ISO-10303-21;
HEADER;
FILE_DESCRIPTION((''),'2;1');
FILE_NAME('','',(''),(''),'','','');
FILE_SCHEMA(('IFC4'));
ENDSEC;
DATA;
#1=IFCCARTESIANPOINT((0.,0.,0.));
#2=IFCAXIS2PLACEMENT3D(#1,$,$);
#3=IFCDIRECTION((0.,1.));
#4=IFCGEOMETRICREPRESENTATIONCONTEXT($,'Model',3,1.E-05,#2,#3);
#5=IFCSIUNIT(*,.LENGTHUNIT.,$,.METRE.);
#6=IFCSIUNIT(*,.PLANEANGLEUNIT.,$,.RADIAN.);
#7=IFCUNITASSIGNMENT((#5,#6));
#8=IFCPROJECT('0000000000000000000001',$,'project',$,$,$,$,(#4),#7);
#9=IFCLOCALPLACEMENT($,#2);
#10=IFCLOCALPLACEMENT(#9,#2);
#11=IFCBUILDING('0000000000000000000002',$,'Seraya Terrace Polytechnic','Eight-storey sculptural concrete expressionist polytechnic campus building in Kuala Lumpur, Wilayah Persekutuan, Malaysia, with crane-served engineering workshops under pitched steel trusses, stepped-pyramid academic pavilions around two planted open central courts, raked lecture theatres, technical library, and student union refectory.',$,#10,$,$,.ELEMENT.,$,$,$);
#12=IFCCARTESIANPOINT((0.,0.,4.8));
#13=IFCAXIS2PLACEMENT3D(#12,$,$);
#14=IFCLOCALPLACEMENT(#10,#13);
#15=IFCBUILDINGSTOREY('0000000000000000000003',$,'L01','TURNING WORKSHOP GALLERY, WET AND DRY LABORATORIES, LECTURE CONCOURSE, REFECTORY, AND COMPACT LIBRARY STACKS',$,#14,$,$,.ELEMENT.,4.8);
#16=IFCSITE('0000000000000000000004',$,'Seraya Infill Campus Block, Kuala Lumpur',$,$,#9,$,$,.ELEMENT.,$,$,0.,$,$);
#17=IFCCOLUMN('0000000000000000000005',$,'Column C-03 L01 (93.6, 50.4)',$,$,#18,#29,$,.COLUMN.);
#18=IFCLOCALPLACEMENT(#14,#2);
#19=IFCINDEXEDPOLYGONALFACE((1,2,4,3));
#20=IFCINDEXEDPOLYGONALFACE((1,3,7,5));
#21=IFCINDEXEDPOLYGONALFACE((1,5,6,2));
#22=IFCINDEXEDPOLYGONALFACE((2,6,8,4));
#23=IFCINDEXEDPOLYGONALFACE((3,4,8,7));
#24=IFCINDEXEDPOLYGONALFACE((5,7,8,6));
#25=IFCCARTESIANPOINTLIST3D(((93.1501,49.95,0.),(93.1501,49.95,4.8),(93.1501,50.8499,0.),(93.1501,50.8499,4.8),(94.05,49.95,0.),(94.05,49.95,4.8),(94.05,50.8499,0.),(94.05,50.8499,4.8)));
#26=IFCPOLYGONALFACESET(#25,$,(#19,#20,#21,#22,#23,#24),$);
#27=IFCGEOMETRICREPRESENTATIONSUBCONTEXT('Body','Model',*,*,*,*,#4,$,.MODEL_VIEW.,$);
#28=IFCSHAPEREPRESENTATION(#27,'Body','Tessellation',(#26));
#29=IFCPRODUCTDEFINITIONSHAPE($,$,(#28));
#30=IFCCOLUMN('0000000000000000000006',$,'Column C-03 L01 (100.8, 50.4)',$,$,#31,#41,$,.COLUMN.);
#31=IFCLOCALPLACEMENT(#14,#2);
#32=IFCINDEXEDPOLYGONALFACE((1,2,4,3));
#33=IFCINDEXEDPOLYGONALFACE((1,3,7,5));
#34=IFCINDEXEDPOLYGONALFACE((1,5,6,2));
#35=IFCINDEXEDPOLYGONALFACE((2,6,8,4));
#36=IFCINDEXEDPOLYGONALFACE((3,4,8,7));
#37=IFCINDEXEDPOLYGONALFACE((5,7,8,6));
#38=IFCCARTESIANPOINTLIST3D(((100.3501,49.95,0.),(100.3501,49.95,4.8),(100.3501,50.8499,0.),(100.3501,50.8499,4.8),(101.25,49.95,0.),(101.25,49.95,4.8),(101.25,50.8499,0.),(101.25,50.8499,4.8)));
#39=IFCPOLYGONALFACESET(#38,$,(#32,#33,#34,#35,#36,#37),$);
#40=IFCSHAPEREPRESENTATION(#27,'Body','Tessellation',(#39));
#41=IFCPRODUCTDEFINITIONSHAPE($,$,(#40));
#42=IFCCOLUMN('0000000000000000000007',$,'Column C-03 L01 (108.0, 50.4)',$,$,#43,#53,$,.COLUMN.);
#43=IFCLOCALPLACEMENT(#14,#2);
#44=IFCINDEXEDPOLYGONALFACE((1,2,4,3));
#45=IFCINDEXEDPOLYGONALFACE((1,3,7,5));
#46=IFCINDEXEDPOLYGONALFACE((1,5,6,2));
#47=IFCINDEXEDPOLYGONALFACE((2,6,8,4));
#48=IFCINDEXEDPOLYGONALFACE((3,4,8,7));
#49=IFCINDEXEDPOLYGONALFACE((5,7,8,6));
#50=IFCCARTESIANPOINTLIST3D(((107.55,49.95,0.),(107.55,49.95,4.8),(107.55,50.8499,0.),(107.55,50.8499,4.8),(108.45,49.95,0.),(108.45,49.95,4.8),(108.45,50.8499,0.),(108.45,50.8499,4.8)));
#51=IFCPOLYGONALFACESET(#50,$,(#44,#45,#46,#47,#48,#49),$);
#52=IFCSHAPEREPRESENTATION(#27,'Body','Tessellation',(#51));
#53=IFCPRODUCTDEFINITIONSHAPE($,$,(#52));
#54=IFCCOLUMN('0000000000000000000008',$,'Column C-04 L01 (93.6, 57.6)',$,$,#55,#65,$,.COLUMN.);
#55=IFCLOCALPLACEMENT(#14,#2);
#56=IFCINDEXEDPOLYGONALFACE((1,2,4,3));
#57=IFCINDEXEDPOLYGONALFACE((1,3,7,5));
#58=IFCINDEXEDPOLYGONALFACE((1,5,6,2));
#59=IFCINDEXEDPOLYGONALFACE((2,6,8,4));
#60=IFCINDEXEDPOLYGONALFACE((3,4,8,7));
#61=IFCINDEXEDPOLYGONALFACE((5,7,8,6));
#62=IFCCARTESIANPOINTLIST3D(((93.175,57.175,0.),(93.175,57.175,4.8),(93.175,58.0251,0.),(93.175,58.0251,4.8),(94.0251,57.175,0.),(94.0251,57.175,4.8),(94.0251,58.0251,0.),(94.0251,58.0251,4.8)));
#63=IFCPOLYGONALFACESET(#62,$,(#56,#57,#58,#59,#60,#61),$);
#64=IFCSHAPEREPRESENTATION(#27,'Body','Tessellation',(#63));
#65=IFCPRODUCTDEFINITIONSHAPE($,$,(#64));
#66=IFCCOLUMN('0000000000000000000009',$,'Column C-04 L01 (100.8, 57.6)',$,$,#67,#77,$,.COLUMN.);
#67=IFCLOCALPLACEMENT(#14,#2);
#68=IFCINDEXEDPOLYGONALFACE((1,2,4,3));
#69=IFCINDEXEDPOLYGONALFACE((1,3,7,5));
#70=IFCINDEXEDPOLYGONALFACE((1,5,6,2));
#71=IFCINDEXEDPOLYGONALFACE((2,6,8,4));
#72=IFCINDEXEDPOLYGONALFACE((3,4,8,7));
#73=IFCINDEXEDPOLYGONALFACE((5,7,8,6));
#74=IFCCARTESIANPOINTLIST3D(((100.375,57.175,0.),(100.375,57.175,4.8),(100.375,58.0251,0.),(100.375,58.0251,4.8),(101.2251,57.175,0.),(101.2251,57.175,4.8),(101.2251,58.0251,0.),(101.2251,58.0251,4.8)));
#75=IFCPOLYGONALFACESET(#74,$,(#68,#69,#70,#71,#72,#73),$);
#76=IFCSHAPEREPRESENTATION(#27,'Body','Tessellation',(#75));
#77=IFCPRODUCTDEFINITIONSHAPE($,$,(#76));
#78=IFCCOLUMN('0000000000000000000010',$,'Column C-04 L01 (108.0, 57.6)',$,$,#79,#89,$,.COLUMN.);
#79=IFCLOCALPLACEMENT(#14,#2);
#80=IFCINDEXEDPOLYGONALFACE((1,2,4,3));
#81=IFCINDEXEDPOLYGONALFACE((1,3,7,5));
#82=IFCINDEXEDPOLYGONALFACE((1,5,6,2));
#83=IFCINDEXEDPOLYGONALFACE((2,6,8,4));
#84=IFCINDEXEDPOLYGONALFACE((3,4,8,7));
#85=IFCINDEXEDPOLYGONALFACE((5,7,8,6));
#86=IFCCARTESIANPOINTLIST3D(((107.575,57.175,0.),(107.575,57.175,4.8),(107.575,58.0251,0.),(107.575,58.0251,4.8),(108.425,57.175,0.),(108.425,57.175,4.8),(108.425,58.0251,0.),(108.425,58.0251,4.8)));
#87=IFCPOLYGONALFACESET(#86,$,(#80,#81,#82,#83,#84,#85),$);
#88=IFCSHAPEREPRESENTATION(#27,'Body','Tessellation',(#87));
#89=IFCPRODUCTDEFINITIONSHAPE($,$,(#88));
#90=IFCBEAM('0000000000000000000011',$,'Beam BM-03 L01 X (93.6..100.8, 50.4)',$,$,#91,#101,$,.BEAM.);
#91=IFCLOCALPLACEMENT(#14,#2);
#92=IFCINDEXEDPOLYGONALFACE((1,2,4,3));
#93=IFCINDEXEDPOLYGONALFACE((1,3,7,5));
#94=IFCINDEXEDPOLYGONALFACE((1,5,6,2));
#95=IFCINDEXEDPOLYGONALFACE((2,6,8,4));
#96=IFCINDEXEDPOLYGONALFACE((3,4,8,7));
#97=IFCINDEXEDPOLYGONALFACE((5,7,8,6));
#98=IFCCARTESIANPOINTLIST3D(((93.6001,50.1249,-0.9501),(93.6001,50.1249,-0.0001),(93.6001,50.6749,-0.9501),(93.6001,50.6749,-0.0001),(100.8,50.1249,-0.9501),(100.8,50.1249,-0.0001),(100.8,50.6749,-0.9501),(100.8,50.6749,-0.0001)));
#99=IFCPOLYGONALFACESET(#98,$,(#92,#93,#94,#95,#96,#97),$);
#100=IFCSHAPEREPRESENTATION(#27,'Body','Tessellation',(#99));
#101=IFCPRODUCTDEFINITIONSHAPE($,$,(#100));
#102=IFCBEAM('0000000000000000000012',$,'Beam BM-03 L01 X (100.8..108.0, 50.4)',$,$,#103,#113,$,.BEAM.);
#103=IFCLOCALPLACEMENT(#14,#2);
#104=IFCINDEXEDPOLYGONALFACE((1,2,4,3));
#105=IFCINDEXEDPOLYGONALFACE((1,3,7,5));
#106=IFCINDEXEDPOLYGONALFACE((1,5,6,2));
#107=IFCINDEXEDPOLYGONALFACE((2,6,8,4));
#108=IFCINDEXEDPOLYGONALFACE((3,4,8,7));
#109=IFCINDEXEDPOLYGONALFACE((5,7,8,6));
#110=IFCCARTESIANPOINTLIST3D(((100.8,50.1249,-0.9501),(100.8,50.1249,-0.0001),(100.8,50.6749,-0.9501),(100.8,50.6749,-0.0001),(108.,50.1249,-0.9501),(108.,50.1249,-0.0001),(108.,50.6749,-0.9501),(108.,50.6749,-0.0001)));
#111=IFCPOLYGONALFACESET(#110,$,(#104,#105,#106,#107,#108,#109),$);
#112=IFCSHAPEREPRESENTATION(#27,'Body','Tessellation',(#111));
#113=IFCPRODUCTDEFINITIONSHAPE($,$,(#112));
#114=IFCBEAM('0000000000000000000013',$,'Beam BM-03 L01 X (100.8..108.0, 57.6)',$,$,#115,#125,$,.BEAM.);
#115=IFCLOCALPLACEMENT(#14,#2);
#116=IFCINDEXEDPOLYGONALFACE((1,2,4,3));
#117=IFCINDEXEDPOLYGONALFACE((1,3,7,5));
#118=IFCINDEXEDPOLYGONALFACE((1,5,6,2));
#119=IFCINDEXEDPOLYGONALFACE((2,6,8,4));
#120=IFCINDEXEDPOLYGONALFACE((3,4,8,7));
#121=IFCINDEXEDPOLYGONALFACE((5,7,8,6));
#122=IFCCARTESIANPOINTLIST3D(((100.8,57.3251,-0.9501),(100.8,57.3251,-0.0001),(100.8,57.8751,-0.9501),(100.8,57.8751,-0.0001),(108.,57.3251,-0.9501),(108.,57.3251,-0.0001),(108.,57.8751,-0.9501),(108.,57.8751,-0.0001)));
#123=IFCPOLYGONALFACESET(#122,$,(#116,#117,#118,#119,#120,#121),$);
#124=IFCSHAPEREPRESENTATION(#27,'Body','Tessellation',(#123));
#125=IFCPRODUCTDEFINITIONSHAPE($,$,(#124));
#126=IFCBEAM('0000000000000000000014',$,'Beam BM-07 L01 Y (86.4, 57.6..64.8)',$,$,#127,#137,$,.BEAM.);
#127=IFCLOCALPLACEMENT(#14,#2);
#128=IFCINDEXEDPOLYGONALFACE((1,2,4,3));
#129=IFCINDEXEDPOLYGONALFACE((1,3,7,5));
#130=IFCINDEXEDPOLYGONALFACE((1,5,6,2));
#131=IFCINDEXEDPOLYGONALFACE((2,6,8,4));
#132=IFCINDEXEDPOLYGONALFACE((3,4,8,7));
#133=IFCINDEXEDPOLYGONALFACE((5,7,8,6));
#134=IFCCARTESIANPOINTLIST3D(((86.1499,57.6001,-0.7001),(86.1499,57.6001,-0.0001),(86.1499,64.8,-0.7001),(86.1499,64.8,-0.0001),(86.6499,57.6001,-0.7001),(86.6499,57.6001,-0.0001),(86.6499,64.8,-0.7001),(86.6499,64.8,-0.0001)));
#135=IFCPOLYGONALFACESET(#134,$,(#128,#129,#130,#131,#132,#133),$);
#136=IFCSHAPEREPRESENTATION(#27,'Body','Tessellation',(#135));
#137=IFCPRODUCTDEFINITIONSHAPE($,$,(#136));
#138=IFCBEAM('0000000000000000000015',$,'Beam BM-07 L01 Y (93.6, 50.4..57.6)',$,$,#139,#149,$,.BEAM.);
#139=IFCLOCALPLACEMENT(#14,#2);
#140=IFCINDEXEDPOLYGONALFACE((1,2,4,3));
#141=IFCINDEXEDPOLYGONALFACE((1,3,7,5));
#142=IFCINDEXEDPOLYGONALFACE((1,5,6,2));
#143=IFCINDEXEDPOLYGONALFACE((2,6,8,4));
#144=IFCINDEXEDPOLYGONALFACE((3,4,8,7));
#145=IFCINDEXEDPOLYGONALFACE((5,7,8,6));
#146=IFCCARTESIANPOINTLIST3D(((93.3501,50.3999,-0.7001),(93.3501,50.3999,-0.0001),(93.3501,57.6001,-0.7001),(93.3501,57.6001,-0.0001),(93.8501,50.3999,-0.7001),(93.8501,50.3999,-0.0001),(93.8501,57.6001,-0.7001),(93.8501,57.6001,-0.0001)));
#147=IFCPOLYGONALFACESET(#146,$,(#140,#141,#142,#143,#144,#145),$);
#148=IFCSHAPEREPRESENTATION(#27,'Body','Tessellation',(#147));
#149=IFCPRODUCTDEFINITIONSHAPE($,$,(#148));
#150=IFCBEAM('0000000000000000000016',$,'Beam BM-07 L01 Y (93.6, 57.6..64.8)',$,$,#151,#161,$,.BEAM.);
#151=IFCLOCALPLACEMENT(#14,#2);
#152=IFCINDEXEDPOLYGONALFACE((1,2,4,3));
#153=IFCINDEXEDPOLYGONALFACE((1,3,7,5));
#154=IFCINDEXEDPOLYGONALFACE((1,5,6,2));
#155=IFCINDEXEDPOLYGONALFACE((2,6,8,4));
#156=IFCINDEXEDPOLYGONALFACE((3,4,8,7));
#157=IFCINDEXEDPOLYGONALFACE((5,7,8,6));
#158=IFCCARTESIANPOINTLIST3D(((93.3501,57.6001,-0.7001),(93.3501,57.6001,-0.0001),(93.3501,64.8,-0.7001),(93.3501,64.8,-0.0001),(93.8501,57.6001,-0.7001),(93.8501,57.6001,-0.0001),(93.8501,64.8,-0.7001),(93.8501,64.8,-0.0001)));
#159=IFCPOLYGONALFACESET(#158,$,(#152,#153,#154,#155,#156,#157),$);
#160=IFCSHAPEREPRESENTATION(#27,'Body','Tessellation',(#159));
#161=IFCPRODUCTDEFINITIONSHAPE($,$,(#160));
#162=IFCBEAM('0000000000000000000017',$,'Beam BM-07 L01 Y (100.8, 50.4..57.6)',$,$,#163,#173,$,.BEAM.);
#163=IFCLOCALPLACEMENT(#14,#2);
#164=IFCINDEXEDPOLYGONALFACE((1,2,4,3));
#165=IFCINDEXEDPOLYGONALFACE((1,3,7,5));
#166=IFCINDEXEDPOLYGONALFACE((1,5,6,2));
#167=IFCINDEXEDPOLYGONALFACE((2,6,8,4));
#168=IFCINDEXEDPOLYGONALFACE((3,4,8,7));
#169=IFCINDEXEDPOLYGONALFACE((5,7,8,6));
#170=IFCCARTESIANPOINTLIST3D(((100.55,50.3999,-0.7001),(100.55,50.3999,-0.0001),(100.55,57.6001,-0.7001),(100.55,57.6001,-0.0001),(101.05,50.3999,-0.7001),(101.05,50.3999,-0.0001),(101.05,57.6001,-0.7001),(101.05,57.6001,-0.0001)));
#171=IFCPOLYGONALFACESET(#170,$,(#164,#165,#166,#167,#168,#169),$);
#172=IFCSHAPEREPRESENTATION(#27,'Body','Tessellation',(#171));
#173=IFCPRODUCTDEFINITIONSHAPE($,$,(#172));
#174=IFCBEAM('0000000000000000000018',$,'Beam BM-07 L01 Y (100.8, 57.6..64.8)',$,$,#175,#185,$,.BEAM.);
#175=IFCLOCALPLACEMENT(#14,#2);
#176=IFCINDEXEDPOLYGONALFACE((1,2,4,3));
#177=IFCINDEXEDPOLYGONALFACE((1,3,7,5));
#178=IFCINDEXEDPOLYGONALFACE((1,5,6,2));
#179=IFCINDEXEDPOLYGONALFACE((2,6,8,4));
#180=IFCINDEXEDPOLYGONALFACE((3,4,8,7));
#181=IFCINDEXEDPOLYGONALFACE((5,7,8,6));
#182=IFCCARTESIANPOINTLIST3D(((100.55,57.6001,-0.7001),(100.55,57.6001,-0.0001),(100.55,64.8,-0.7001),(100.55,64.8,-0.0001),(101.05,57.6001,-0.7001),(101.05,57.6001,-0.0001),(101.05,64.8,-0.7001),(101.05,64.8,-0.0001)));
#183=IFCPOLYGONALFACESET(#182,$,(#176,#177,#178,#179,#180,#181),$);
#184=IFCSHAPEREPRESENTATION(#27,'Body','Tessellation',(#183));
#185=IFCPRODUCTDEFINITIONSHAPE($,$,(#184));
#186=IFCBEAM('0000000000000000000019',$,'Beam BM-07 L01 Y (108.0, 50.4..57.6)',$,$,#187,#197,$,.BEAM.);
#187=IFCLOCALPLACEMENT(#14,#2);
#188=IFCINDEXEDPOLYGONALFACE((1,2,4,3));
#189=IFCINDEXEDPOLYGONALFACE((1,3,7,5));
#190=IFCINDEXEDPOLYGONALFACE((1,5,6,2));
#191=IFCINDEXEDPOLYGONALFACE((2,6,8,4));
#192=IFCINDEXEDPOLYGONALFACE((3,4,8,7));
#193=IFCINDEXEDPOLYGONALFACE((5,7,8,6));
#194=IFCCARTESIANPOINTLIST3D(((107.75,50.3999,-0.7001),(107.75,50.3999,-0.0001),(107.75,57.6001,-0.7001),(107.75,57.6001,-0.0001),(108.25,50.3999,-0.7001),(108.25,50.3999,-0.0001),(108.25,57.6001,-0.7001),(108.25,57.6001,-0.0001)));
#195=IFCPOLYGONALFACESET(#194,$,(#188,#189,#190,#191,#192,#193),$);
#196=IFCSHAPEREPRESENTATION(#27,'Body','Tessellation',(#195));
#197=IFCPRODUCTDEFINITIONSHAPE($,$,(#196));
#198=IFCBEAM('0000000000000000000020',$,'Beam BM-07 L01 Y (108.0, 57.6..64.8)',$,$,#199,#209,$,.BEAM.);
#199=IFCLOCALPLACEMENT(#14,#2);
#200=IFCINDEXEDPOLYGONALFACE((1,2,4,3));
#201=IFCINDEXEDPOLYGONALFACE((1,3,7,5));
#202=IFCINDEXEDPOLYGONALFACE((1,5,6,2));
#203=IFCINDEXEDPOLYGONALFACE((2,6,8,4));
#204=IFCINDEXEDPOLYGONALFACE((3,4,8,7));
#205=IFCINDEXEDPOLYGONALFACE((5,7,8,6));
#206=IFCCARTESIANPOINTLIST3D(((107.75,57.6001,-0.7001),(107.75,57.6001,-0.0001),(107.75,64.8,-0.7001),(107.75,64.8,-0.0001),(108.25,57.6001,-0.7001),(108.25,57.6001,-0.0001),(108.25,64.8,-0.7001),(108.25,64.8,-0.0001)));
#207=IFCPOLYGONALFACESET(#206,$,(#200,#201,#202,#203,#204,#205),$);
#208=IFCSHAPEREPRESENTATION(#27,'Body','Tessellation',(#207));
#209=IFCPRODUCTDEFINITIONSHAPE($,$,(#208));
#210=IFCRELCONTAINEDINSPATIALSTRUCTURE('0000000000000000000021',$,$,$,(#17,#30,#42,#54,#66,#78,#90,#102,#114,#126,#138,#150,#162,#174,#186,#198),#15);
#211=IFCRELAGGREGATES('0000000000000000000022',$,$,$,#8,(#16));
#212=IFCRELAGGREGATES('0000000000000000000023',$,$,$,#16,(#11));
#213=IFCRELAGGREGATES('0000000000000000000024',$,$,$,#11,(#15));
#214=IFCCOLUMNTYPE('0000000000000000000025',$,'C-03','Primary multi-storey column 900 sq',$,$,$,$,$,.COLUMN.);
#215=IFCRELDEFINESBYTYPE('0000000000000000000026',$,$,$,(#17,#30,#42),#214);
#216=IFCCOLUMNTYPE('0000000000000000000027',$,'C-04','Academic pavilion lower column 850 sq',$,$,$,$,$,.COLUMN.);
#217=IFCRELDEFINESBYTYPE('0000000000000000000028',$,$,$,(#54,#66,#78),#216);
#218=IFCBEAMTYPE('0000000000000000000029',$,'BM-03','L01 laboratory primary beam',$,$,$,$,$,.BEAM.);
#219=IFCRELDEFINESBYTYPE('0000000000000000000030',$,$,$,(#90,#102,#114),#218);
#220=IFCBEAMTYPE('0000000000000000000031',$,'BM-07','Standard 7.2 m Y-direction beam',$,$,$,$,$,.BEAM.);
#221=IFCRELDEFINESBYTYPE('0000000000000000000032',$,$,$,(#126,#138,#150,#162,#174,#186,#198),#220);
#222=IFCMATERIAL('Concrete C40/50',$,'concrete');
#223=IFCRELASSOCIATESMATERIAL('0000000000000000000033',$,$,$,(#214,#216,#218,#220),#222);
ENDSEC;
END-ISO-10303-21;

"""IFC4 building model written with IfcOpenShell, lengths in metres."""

from ifc_helpers import new_model, si_unit, direction, frame, origin, origin_2d, place, context, subcontext, project, spatial, rectangle, extrude, material, material_profile, profile_set, type_object, element, save


model = new_model("IFC4")

# Units and contexts
model_context = context("Model", 3, precision=1e-05, world=origin(), true_north=direction((0.0, 1.0)))
body_context = subcontext(model_context, "Body", "Model", "MODEL_VIEW")
ifc_project = project(units=[si_unit("LENGTHUNIT", "METRE"), si_unit("PLANEANGLEUNIT", "RADIAN")], contexts=[model_context])

# Site, building, storey
site_placement = place(None, origin())
site = spatial("IfcSite", under=ifc_project, at=site_placement, Name="Seraya Infill Campus Block, Kuala Lumpur", CompositionType="ELEMENT", RefElevation=0.0)
building_placement = place(site_placement, origin())
building = spatial("IfcBuilding", under=site, at=building_placement, Name="Seraya Terrace Polytechnic", Description="Eight-storey sculptural concrete expressionist polytechnic campus building in Kuala Lumpur, Wilayah Persekutuan, Malaysia, with crane-served engineering workshops under pitched steel trusses, stepped-pyramid academic pavilions around two planted open central courts, raked lecture theatres, technical library, and student union refectory.", CompositionType="ELEMENT")
storey_placement = place(building_placement, frame((0.0, 0.0, 4.8)))
storey = spatial("IfcBuildingStorey", under=building, at=storey_placement, Name="L01", Description="TURNING WORKSHOP GALLERY, WET AND DRY LABORATORIES, LECTURE CONCOURSE, REFECTORY, AND COMPACT LIBRARY STACKS", CompositionType="ELEMENT", Elevation=4.8)

# Columns
ifc_material_1 = material(Name="Concrete C40/50", Category="concrete")
ifc_material_profile_1 = material_profile(ifc_material_1, rectangle(XDim=0.8999, YDim=0.8999, at=origin_2d()), Name="RC 900x900")
ifc_profile_set_1 = profile_set([ifc_material_profile_1], Name="Concrete C40/50")
column_type_1 = type_object("IfcColumnType", Name="C-03", Description="Primary multi-storey column 900 sq", PredefinedType="COLUMN", material=ifc_profile_set_1)
for number, where, z_axis, x_axis, name in (
    (1, (93.6001, 50.3999, 0.0), (0.0, 0.0, 1.0), (1.0, 0.0, 0.0), "Column C-03 L01 (93.6, 50.4)"),
    (2, (100.8, 50.3999, 0.0), (0.0, 0.0, 1.0), (1.0, 0.0, 0.0), "Column C-03 L01 (100.8, 50.4)"),
    (3, (108.0, 50.3999, 0.0), (0.0, 0.0, 1.0), (1.0, 0.0, 0.0), "Column C-03 L01 (108.0, 50.4)"),
):
    element("IfcColumn", number, at=place(storey_placement, frame(where, z_axis=z_axis, x_axis=x_axis)), inside=storey, type_object=column_type_1, Name=name, PredefinedType="COLUMN", context=body_context, shape_type="SweptSolid", body=[
        extrude(rectangle(XDim=0.8999, YDim=0.8999, at=origin_2d()), origin(), (0.0, 0.0, 1.0), 4.8),
    ])
ifc_material_profile_2 = material_profile(ifc_material_1, rectangle(XDim=0.8501, YDim=0.8501, at=origin_2d()), Name="RC 850x850")
ifc_profile_set_2 = profile_set([ifc_material_profile_2], Name="Concrete C40/50")
column_type_2 = type_object("IfcColumnType", Name="C-04", Description="Academic pavilion lower column 850 sq", PredefinedType="COLUMN", material=ifc_profile_set_2)
for number, where, z_axis, x_axis, name in (
    (4, (93.6001, 57.6001, 0.0), (0.0, 0.0, 1.0), (1.0, 0.0, 0.0), "Column C-04 L01 (93.6, 57.6)"),
    (5, (100.8, 57.6001, 0.0), (0.0, 0.0, 1.0), (1.0, 0.0, 0.0), "Column C-04 L01 (100.8, 57.6)"),
    (6, (108.0, 57.6001, 0.0), (0.0, 0.0, 1.0), (1.0, 0.0, 0.0), "Column C-04 L01 (108.0, 57.6)"),
):
    element("IfcColumn", number, at=place(storey_placement, frame(where, z_axis=z_axis, x_axis=x_axis)), inside=storey, type_object=column_type_2, Name=name, PredefinedType="COLUMN", context=body_context, shape_type="SweptSolid", body=[
        extrude(rectangle(XDim=0.8501, YDim=0.8501, at=origin_2d()), origin(), (0.0, 0.0, 1.0), 4.8),
    ])

# Beams
ifc_material_profile_3 = material_profile(ifc_material_1, rectangle(XDim=0.55, YDim=0.95, at=origin_2d()), Name="RC 550x950")
ifc_profile_set_3 = profile_set([ifc_material_profile_3], Name="Concrete C40/50")
beam_type_1 = type_object("IfcBeamType", Name="BM-03", Description="L01 laboratory primary beam", PredefinedType="BEAM", material=ifc_profile_set_3)
for number, where, z_axis, x_axis, name in (
    (7, (93.6001, 50.3999, -0.4751), (1.0, 0.0, 0.0), (0.0, 1.0, 0.0), "Beam BM-03 L01 X (93.6..100.8, 50.4)"),
    (8, (100.8, 50.3999, -0.4751), (1.0, 0.0, 0.0), (0.0, 1.0, 0.0), "Beam BM-03 L01 X (100.8..108.0, 50.4)"),
    (9, (100.8, 57.6001, -0.4751), (1.0, 0.0, 0.0), (0.0, 1.0, 0.0), "Beam BM-03 L01 X (100.8..108.0, 57.6)"),
):
    element("IfcBeam", number, at=place(storey_placement, frame(where, z_axis=z_axis, x_axis=x_axis)), inside=storey, type_object=beam_type_1, Name=name, PredefinedType="BEAM", context=body_context, shape_type="SweptSolid", body=[
        extrude(rectangle(XDim=0.55, YDim=0.95, at=origin_2d()), origin(), (0.0, 0.0, 1.0), 7.2),
    ])
ifc_material_profile_4 = material_profile(ifc_material_1, rectangle(XDim=0.5, YDim=0.7, at=origin_2d()), Name="RC 500x700")
ifc_profile_set_4 = profile_set([ifc_material_profile_4], Name="Concrete C40/50")
beam_type_2 = type_object("IfcBeamType", Name="BM-07", Description="Standard 7.2 m Y-direction beam", PredefinedType="BEAM", material=ifc_profile_set_4)
beam_1_placement = place(storey_placement, frame((86.3999, 57.6001, -0.3501), z_axis=(0.0, 1.0, 0.0), x_axis=(-1.0, 0.0, 0.0)))
element("IfcBeam", 10, at=beam_1_placement, inside=storey, type_object=beam_type_2, Name="Beam BM-07 L01 Y (86.4, 57.6..64.8)", PredefinedType="BEAM", context=body_context, shape_type="SweptSolid", body=[
    extrude(rectangle(XDim=0.5, YDim=0.7, at=origin_2d()), origin(), (0.0, 0.0, 1.0), 7.2),
])
beam_2_placement = place(storey_placement, frame((93.6001, 50.3999, -0.3501), z_axis=(0.0, 1.0, 0.0), x_axis=(-1.0, 0.0, 0.0)))
element("IfcBeam", 11, at=beam_2_placement, inside=storey, type_object=beam_type_2, Name="Beam BM-07 L01 Y (93.6, 50.4..57.6)", PredefinedType="BEAM", context=body_context, shape_type="SweptSolid", body=[
    extrude(rectangle(XDim=0.5, YDim=0.7, at=origin_2d()), origin(), (0.0, 0.0, 1.0), 7.2002),
])
beam_3_placement = place(storey_placement, frame((93.6001, 57.6001, -0.3501), z_axis=(0.0, 1.0, 0.0), x_axis=(-1.0, 0.0, 0.0)))
element("IfcBeam", 12, at=beam_3_placement, inside=storey, type_object=beam_type_2, Name="Beam BM-07 L01 Y (93.6, 57.6..64.8)", PredefinedType="BEAM", context=body_context, shape_type="SweptSolid", body=[
    extrude(rectangle(XDim=0.5, YDim=0.7, at=origin_2d()), origin(), (0.0, 0.0, 1.0), 7.2),
])
beam_4_placement = place(storey_placement, frame((100.8, 50.3999, -0.3501), z_axis=(0.0, 1.0, 0.0), x_axis=(-1.0, 0.0, 0.0)))
element("IfcBeam", 13, at=beam_4_placement, inside=storey, type_object=beam_type_2, Name="Beam BM-07 L01 Y (100.8, 50.4..57.6)", PredefinedType="BEAM", context=body_context, shape_type="SweptSolid", body=[
    extrude(rectangle(XDim=0.5, YDim=0.7, at=origin_2d()), origin(), (0.0, 0.0, 1.0), 7.2002),
])
beam_5_placement = place(storey_placement, frame((100.8, 57.6001, -0.3501), z_axis=(0.0, 1.0, 0.0), x_axis=(-1.0, 0.0, 0.0)))
element("IfcBeam", 14, at=beam_5_placement, inside=storey, type_object=beam_type_2, Name="Beam BM-07 L01 Y (100.8, 57.6..64.8)", PredefinedType="BEAM", context=body_context, shape_type="SweptSolid", body=[
    extrude(rectangle(XDim=0.5, YDim=0.7, at=origin_2d()), origin(), (0.0, 0.0, 1.0), 7.2),
])
beam_6_placement = place(storey_placement, frame((108.0, 50.3999, -0.3501), z_axis=(0.0, 1.0, 0.0), x_axis=(-1.0, 0.0, 0.0)))
element("IfcBeam", 15, at=beam_6_placement, inside=storey, type_object=beam_type_2, Name="Beam BM-07 L01 Y (108.0, 50.4..57.6)", PredefinedType="BEAM", context=body_context, shape_type="SweptSolid", body=[
    extrude(rectangle(XDim=0.5, YDim=0.7, at=origin_2d()), origin(), (0.0, 0.0, 1.0), 7.2002),
])
beam_7_placement = place(storey_placement, frame((108.0, 57.6001, -0.3501), z_axis=(0.0, 1.0, 0.0), x_axis=(-1.0, 0.0, 0.0)))
element("IfcBeam", 16, at=beam_7_placement, inside=storey, type_object=beam_type_2, Name="Beam BM-07 L01 Y (108.0, 57.6..64.8)", PredefinedType="BEAM", context=body_context, shape_type="SweptSolid", body=[
    extrude(rectangle(XDim=0.5, YDim=0.7, at=origin_2d()), origin(), (0.0, 0.0, 1.0), 7.2),
])

save(model, "model.ifc")
